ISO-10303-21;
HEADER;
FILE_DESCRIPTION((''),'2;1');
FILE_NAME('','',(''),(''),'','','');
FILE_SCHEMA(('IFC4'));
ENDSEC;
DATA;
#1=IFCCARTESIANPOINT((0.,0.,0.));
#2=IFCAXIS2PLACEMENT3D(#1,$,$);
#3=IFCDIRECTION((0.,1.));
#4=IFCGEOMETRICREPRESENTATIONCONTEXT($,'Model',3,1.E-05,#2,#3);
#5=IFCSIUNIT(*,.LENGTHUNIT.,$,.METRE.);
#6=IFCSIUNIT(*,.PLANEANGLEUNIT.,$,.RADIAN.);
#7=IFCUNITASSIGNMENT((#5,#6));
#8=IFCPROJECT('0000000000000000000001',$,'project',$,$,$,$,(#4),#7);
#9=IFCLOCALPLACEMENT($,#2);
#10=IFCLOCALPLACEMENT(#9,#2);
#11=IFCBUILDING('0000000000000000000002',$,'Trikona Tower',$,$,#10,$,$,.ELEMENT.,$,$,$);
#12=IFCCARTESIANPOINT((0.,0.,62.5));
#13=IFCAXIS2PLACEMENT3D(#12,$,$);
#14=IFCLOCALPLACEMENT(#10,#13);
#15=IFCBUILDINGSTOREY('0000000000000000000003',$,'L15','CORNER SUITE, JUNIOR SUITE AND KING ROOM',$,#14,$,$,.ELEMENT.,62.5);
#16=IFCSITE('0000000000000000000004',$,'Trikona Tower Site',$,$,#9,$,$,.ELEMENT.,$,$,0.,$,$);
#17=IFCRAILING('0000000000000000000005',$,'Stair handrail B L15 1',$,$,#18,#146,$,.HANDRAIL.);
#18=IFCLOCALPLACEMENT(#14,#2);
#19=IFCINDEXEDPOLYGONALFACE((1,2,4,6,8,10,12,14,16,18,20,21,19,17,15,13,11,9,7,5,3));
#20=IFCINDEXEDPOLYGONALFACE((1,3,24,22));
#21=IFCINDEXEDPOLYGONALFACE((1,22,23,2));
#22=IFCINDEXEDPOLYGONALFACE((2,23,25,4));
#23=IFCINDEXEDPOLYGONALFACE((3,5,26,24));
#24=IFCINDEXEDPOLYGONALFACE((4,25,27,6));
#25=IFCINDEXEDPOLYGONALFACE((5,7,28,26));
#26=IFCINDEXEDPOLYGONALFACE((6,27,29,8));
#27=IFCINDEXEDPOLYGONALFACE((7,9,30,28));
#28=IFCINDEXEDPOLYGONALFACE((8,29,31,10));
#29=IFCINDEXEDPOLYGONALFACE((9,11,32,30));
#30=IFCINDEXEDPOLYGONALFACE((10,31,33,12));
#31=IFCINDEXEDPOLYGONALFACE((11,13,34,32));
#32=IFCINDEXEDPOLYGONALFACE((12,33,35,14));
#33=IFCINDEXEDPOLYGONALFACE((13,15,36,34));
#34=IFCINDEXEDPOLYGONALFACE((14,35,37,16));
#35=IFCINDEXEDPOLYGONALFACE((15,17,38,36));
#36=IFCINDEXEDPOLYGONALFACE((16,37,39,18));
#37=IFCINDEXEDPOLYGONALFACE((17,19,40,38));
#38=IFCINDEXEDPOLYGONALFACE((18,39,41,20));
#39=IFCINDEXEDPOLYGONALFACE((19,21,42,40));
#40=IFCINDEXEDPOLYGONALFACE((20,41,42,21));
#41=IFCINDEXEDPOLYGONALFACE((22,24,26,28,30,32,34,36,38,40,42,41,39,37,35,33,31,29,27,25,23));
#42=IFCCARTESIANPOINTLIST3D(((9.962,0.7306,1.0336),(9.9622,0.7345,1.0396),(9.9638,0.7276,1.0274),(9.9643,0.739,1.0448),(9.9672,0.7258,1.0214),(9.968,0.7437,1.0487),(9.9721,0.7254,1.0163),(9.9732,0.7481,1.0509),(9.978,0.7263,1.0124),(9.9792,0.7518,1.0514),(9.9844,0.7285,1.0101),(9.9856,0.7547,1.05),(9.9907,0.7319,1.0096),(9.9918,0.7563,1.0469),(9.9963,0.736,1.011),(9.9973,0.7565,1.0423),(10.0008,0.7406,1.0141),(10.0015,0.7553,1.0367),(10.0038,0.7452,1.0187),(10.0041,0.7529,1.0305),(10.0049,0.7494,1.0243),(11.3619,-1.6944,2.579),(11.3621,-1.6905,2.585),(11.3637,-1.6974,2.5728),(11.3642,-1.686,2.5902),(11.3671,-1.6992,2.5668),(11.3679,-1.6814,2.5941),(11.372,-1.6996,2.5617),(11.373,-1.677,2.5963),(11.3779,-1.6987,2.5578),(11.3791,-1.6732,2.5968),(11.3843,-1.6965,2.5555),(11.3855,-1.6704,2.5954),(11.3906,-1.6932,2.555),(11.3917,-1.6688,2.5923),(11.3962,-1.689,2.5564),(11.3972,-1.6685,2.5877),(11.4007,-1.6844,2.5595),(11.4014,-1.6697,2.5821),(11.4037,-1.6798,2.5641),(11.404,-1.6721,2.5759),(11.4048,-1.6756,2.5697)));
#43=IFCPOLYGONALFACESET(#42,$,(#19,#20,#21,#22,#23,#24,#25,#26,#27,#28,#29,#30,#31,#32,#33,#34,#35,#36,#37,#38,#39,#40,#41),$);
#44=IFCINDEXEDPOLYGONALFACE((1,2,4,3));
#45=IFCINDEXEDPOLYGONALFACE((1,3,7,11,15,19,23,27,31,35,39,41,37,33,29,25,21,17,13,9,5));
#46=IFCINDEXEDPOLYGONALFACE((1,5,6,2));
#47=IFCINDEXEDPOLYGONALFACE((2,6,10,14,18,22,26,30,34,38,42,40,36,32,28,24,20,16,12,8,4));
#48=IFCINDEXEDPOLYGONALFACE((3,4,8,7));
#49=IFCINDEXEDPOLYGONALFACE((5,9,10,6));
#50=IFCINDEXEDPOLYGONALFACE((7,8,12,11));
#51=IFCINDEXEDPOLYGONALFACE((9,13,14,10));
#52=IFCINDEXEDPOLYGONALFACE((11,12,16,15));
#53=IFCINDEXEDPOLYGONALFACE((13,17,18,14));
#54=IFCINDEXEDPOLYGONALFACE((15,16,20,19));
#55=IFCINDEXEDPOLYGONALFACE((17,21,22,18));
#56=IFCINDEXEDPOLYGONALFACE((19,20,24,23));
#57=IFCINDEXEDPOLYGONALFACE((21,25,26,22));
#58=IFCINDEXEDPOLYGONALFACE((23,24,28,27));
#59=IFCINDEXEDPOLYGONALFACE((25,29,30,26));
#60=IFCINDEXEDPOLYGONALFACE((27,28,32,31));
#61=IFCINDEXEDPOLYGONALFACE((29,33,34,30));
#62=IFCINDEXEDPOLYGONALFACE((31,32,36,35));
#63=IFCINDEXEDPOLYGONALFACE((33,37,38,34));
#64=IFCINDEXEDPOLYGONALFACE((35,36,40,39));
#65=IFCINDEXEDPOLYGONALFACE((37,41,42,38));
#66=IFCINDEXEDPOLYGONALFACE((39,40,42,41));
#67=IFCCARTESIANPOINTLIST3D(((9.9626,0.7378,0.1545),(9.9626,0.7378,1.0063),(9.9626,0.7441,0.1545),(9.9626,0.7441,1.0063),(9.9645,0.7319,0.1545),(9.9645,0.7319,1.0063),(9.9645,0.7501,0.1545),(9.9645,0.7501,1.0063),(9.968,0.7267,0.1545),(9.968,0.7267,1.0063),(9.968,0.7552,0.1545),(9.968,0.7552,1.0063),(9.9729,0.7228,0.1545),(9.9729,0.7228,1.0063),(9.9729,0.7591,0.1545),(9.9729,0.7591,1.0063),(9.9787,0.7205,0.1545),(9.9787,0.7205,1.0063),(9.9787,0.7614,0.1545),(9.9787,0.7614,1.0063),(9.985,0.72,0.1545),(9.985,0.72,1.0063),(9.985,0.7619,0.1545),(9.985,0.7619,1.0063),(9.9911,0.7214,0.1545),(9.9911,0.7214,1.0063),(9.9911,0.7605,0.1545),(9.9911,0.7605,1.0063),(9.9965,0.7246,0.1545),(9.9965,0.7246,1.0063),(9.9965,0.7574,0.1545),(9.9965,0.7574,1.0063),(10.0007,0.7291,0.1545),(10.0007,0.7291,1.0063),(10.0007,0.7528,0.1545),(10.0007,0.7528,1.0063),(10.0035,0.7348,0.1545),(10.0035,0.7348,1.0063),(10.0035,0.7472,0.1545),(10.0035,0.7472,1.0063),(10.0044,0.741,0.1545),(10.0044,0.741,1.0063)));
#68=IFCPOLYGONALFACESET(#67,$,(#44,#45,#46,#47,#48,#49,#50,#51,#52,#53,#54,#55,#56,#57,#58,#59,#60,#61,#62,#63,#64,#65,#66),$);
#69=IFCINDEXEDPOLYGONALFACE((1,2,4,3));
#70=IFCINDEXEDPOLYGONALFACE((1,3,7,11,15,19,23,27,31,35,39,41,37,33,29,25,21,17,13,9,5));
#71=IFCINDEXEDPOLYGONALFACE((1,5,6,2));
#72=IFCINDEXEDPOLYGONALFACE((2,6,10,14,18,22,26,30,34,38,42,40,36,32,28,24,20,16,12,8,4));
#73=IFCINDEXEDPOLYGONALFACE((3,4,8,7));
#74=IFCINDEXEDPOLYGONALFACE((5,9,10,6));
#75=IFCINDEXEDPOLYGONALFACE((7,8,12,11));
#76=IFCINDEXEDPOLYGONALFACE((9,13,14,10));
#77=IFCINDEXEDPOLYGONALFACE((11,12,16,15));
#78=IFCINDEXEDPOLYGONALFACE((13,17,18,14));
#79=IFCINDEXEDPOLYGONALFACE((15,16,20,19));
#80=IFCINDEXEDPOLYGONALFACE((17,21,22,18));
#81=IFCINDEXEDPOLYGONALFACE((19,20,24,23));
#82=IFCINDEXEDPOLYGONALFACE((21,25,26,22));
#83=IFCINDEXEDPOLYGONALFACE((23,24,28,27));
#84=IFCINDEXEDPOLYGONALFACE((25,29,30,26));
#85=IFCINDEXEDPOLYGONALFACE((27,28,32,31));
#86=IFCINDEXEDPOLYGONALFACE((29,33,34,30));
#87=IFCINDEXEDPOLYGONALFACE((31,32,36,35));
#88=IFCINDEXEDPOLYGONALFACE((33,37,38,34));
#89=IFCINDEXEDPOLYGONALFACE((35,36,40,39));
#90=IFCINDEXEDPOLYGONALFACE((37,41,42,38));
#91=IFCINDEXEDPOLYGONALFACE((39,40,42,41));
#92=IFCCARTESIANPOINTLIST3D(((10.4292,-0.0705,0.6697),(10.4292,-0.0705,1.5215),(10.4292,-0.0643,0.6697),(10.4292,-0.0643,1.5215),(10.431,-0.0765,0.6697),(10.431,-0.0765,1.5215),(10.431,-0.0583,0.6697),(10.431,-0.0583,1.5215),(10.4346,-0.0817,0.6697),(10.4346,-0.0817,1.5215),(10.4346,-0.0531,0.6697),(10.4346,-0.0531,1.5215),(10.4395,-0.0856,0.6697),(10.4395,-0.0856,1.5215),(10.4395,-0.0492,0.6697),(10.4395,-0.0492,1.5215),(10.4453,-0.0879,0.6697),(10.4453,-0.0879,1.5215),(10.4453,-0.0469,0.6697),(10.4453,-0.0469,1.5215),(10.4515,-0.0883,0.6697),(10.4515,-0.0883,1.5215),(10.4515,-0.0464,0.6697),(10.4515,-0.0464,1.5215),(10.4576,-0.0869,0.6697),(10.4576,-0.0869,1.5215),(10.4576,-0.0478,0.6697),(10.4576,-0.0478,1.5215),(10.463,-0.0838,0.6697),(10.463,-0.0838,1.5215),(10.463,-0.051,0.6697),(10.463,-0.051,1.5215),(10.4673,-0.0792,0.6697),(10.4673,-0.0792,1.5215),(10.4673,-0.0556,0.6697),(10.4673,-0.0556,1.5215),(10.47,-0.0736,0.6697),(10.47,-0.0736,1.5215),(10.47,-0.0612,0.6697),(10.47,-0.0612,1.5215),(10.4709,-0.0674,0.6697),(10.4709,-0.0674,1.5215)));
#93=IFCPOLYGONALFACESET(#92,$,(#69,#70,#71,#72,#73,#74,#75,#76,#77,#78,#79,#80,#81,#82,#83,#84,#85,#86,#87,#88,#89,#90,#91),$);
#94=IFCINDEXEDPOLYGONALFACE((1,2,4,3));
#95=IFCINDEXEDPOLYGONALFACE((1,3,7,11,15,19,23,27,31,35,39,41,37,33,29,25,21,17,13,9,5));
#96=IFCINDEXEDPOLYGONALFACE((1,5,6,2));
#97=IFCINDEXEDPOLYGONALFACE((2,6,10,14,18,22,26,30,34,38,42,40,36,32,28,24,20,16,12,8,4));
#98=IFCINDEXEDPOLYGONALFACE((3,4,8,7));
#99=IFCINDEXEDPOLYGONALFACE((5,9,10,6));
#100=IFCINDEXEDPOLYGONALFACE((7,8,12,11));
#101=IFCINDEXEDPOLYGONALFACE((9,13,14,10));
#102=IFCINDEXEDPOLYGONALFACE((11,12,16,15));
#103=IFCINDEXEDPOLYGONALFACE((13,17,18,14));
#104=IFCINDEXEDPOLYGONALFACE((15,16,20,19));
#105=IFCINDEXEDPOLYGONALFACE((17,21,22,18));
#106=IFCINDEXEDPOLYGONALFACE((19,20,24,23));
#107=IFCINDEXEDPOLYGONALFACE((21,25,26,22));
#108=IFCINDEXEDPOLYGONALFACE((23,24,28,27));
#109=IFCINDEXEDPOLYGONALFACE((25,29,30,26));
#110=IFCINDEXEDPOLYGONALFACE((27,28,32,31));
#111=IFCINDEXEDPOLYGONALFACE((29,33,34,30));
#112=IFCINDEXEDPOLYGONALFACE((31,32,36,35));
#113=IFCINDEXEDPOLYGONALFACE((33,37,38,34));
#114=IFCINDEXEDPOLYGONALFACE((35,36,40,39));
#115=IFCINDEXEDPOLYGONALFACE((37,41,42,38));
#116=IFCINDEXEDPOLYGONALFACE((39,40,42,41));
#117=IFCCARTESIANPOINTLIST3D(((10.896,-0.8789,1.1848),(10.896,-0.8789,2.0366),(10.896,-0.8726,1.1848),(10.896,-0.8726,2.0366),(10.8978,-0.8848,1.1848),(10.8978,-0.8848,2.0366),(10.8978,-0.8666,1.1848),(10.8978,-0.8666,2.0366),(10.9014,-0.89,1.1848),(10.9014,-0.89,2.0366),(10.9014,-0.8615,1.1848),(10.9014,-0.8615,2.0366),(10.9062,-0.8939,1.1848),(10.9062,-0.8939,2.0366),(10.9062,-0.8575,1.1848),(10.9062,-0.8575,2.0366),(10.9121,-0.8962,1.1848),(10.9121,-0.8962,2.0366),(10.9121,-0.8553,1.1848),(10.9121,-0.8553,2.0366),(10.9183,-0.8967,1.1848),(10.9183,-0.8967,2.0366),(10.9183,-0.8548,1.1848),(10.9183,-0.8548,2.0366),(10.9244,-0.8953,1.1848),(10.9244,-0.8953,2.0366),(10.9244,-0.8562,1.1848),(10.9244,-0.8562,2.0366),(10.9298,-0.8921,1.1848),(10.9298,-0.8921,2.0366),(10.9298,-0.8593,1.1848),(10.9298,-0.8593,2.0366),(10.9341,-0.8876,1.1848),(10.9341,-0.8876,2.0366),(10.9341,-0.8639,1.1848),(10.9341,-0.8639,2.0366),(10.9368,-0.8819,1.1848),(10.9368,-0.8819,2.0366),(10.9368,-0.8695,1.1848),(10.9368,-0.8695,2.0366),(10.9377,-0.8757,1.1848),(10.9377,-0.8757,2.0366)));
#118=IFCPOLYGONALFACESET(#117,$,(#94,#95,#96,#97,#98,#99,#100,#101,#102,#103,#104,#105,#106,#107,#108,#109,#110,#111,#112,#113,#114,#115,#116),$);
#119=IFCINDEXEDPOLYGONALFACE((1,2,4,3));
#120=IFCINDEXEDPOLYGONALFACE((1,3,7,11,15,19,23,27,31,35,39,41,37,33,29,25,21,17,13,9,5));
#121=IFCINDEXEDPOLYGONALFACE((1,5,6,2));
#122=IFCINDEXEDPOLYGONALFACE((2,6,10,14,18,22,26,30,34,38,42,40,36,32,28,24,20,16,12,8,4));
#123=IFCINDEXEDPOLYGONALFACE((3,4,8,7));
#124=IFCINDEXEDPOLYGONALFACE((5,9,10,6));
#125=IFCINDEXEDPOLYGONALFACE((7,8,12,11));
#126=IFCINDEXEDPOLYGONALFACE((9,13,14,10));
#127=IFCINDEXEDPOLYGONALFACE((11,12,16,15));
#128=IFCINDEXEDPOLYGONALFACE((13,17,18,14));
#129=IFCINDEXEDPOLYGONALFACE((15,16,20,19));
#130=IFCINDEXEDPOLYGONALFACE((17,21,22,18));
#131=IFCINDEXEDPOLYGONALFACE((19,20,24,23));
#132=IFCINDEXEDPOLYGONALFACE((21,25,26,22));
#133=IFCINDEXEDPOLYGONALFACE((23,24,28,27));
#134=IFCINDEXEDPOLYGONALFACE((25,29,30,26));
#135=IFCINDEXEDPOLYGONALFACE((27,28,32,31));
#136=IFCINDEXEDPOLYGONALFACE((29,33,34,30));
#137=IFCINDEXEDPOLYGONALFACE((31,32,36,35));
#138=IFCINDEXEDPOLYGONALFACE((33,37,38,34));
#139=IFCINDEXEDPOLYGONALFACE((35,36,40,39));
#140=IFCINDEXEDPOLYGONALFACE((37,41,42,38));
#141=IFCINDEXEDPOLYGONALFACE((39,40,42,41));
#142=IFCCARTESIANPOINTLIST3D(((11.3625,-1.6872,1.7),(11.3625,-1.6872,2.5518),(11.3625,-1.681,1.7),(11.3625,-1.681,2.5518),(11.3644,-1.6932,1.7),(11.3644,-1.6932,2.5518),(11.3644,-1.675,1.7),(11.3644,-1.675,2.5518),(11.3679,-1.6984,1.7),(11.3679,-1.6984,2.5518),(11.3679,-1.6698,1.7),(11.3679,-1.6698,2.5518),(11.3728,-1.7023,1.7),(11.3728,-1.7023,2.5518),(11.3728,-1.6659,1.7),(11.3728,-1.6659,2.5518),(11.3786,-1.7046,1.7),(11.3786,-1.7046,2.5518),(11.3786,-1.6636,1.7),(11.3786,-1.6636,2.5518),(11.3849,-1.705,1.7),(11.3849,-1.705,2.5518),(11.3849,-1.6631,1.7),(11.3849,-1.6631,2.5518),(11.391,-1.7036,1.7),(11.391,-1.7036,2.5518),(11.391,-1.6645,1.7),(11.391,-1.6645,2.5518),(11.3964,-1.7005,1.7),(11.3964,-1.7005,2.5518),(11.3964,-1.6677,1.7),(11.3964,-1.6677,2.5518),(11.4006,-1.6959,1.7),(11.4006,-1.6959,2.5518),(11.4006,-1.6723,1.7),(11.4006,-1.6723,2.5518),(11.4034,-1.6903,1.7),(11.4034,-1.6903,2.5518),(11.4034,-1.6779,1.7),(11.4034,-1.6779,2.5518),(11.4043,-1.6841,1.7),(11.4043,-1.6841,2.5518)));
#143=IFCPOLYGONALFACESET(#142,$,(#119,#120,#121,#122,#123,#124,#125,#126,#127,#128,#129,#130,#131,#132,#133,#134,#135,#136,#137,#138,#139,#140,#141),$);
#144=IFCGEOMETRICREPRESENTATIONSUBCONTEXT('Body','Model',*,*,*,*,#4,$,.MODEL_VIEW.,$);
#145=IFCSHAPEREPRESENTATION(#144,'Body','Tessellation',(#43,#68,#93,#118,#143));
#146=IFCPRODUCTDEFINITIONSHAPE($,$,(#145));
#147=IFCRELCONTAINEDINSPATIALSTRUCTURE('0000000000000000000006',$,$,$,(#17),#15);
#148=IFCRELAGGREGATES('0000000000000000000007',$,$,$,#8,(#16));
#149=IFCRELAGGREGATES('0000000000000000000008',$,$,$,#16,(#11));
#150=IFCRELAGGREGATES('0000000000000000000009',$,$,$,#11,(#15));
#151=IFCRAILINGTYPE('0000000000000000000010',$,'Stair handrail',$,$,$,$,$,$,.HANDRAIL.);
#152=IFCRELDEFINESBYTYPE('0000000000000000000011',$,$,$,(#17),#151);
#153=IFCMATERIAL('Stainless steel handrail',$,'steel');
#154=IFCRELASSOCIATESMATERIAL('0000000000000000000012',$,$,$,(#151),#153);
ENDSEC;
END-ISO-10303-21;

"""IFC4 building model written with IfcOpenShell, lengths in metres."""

from ifc_helpers import new_model, si_unit, direction, frame, origin, origin_2d, place, context, subcontext, project, spatial, circle, extrude, material, type_object, element, save


model = new_model("IFC4")

# Units and contexts
model_context = context("Model", 3, precision=1e-05, world=origin(), true_north=direction((0.0, 1.0)))
body_context = subcontext(model_context, "Body", "Model", "MODEL_VIEW")
ifc_project = project(units=[si_unit("LENGTHUNIT", "METRE"), si_unit("PLANEANGLEUNIT", "RADIAN")], contexts=[model_context])

# Site, building, storey
site_placement = place(None, origin())
site = spatial("IfcSite", under=ifc_project, at=site_placement, Name="Trikona Tower Site", CompositionType="ELEMENT", RefElevation=0.0)
building_placement = place(site_placement, origin())
building = spatial("IfcBuilding", under=site, at=building_placement, Name="Trikona Tower", CompositionType="ELEMENT")
storey_placement = place(building_placement, frame((0.0, 0.0, 62.5)))
storey = spatial("IfcBuildingStorey", under=building, at=storey_placement, Name="L15", Description="CORNER SUITE, JUNIOR SUITE AND KING ROOM", CompositionType="ELEMENT", Elevation=62.5)

# Railing
ifc_material_1 = material(Name="Stainless steel handrail", Category="steel")
railing_type = type_object("IfcRailingType", Name="Stair handrail", PredefinedType="HANDRAIL", material=ifc_material_1)
railing_placement = place(storey_placement, frame((9.9834, 0.741, 0.1545)))
element("IfcRailing", 1, at=railing_placement, inside=storey, type_object=railing_type, Name="Stair handrail B L15 1", PredefinedType="HANDRAIL", context=body_context, shape_type="SweptSolid", body=[
    extrude(circle(Radius=0.0239, at=origin_2d()), frame((0.0, 0.0, 0.876), z_axis=(0.437707, -0.75824, 0.483203), x_axis=(0.866056, 0.499946, 0.0)), (0.0, 0.0, 1.0), 3.1982),
    extrude(circle(Radius=0.021, at=origin_2d()), origin(), (0.0, 0.0, 1.0), 0.8518),
    extrude(circle(Radius=0.021, at=origin_2d()), frame((0.4666, -0.8083, 0.5151)), (0.0, 0.0, 1.0), 0.8518),
    extrude(circle(Radius=0.021, at=origin_2d()), frame((0.9333, -1.6167, 1.0303)), (0.0, 0.0, 1.0), 0.8518),
    extrude(circle(Radius=0.021, at=origin_2d()), frame((1.3999, -2.425, 1.5454)), (0.0, 0.0, 1.0), 0.8518),
])

save(model, "model.ifc")
